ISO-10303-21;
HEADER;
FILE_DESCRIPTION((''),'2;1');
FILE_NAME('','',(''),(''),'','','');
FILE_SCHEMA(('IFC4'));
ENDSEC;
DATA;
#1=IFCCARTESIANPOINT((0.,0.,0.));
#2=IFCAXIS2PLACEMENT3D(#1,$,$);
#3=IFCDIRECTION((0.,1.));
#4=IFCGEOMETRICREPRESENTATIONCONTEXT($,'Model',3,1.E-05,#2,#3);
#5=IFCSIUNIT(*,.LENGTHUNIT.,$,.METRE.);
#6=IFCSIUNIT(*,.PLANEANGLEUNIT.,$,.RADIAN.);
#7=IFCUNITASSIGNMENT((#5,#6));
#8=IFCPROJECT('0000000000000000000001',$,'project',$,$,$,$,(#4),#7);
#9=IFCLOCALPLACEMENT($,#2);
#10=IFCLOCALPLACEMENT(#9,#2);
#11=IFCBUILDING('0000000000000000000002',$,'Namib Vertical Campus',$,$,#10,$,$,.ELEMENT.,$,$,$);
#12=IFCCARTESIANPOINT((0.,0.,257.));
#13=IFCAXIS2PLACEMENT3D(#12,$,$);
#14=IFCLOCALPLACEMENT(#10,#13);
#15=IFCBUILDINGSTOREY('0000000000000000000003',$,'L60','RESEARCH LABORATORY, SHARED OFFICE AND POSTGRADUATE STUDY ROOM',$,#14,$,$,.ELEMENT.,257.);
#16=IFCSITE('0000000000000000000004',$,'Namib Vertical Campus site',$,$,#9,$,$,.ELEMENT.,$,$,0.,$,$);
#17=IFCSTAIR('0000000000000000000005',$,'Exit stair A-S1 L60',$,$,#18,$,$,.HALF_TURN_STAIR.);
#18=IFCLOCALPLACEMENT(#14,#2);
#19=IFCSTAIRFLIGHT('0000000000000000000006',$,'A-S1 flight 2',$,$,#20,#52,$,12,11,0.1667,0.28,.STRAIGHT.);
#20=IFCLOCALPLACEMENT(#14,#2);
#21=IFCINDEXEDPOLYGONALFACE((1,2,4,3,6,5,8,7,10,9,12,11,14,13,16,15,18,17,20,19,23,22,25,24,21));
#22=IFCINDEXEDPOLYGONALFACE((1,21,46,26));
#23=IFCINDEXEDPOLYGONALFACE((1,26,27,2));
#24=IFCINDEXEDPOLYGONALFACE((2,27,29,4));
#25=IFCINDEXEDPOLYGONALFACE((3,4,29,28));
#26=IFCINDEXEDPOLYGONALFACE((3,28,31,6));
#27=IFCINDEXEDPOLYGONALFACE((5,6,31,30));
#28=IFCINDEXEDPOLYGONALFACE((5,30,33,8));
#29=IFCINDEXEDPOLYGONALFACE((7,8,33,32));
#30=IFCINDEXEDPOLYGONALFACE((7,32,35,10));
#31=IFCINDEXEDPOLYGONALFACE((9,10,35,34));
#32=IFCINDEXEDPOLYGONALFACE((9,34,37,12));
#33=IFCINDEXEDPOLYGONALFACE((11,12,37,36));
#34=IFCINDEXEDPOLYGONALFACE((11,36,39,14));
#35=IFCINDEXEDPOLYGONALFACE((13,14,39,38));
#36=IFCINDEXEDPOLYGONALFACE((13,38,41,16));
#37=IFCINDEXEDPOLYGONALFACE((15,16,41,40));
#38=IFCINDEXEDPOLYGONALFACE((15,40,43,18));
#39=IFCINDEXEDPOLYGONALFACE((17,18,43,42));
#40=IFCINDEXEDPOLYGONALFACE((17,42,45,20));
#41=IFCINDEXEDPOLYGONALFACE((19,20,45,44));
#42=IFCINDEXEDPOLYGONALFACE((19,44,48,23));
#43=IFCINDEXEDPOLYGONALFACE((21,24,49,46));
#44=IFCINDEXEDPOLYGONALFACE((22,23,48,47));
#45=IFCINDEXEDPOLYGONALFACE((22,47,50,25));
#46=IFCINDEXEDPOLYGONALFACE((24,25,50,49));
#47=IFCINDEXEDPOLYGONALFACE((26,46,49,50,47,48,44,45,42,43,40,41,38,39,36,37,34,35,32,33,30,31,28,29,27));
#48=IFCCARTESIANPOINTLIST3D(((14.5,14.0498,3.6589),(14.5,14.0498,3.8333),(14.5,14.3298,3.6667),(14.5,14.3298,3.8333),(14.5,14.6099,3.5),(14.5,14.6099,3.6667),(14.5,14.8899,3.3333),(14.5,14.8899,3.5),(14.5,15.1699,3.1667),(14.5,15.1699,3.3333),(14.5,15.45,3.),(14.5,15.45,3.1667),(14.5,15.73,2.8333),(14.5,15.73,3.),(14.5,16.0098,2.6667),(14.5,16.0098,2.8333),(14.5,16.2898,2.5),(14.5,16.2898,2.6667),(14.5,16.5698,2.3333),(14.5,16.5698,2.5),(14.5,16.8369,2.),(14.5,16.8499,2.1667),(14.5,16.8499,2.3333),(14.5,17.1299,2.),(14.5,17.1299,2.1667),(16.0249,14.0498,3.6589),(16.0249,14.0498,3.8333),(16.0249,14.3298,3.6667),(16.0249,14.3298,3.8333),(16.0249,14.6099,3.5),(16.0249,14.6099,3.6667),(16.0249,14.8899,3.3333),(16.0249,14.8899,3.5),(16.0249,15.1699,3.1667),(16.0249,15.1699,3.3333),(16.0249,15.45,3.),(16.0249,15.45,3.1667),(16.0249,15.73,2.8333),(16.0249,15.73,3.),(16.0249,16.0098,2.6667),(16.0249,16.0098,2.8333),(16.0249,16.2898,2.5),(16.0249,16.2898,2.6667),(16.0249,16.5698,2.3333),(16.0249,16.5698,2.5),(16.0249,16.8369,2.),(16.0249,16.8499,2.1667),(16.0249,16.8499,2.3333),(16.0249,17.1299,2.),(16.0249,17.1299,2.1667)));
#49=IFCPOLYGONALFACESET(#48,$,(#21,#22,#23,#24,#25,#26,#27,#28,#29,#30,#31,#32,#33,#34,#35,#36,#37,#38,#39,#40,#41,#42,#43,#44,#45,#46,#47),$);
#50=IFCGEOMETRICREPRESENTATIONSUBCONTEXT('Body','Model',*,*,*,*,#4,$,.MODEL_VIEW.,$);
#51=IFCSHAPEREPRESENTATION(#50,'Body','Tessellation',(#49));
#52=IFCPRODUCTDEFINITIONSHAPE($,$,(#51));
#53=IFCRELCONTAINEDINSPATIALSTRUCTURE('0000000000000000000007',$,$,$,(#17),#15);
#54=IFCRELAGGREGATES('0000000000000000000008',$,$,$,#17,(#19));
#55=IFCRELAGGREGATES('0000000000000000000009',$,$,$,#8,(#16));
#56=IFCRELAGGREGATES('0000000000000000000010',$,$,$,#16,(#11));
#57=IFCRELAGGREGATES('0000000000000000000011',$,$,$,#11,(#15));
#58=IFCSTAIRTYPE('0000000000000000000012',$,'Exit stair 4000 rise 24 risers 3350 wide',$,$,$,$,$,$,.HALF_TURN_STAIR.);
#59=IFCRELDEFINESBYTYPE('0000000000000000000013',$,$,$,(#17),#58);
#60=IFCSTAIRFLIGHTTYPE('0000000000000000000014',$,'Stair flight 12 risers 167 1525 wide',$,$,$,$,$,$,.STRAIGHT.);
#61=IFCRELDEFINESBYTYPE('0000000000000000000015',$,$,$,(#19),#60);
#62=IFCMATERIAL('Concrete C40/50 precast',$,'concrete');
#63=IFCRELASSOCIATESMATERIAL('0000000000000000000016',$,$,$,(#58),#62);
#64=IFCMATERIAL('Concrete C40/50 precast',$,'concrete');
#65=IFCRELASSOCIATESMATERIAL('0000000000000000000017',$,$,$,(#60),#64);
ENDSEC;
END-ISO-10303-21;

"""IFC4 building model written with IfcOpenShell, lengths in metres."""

from ifc_helpers import new_model, si_unit, direction, frame, origin, place, context, subcontext, project, spatial, polyline, outline, extrude, material, type_object, element, aggregate, save


model = new_model("IFC4")

# Units and contexts
model_context = context("Model", 3, precision=1e-05, world=origin(), true_north=direction((0.0, 1.0)))
body_context = subcontext(model_context, "Body", "Model", "MODEL_VIEW")
ifc_project = project(units=[si_unit("LENGTHUNIT", "METRE"), si_unit("PLANEANGLEUNIT", "RADIAN")], contexts=[model_context])

# Site, building, storey
site_placement = place(None, origin())
site = spatial("IfcSite", under=ifc_project, at=site_placement, Name="Namib Vertical Campus site", CompositionType="ELEMENT", RefElevation=0.0)
building_placement = place(site_placement, origin())
building = spatial("IfcBuilding", under=site, at=building_placement, Name="Namib Vertical Campus", CompositionType="ELEMENT")
storey_placement = place(building_placement, frame((0.0, 0.0, 257.0)))
storey = spatial("IfcBuildingStorey", under=building, at=storey_placement, Name="L60", Description="RESEARCH LABORATORY, SHARED OFFICE AND POSTGRADUATE STUDY ROOM", CompositionType="ELEMENT", Elevation=257.0)

# Stair, stair flight
ifc_material_1 = material(Name="Concrete C40/50 precast", Category="concrete")
stair_type = type_object("IfcStairType", Name="Exit stair 4000 rise 24 risers 3350 wide", PredefinedType="HALF_TURN_STAIR", material=ifc_material_1)
stair_placement = place(storey_placement, origin())
stair = element("IfcStair", 1, at=stair_placement, inside=storey, type_object=stair_type, Name="Exit stair A-S1 L60", PredefinedType="HALF_TURN_STAIR")
ifc_material_2 = material(Name="Concrete C40/50 precast", Category="concrete")
stair_flight_type = type_object("IfcStairFlightType", Name="Stair flight 12 risers 167 1525 wide", PredefinedType="STRAIGHT", material=ifc_material_2)
stair_flight_placement = place(storey_placement, frame((15.2625, 17.1299, 2.0), z_axis=(0.0, 0.0, 1.0), x_axis=(0.0, -1.0, 0.0)))
stair_flight = element("IfcStairFlight", 2, at=stair_flight_placement, type_object=stair_flight_type, Name="A-S1 flight 2", NumberOfRisers=12, NumberOfTreads=11, PredefinedType="STRAIGHT", RiserHeight=0.1667, TreadLength=0.28, context=body_context, shape_type="SweptSolid", body=[
    extrude(outline(polyline([(0.0, 0.0), (0.0, 0.1667), (0.28, 0.1667), (0.28, 0.3333), (0.5601, 0.3333), (0.5601, 0.5), (0.8401, 0.5), (0.8401, 0.6667), (1.1201, 0.6667), (1.1201, 0.8333), (1.3999, 0.8333), (1.3999, 1.0), (1.6799, 1.0), (1.6799, 1.1667), (1.96, 1.1667), (1.96, 1.3333), (2.24, 1.3333), (2.24, 1.5), (2.52, 1.5), (2.52, 1.6667), (2.8, 1.6667), (2.8, 1.8333), (3.0801, 1.8333), (3.0801, 2.0), (3.0801, 1.6589), (0.293, 0.0), (0.0, 0.0)])), frame((0.0, 0.7625, 0.0), z_axis=(0.0, -1.0, 0.0), x_axis=(1.0, 0.0, 0.0)), (0.0, 0.0, 1.0), 1.5249),
])
aggregate(stair, [stair_flight])

save(model, "model.ifc")
